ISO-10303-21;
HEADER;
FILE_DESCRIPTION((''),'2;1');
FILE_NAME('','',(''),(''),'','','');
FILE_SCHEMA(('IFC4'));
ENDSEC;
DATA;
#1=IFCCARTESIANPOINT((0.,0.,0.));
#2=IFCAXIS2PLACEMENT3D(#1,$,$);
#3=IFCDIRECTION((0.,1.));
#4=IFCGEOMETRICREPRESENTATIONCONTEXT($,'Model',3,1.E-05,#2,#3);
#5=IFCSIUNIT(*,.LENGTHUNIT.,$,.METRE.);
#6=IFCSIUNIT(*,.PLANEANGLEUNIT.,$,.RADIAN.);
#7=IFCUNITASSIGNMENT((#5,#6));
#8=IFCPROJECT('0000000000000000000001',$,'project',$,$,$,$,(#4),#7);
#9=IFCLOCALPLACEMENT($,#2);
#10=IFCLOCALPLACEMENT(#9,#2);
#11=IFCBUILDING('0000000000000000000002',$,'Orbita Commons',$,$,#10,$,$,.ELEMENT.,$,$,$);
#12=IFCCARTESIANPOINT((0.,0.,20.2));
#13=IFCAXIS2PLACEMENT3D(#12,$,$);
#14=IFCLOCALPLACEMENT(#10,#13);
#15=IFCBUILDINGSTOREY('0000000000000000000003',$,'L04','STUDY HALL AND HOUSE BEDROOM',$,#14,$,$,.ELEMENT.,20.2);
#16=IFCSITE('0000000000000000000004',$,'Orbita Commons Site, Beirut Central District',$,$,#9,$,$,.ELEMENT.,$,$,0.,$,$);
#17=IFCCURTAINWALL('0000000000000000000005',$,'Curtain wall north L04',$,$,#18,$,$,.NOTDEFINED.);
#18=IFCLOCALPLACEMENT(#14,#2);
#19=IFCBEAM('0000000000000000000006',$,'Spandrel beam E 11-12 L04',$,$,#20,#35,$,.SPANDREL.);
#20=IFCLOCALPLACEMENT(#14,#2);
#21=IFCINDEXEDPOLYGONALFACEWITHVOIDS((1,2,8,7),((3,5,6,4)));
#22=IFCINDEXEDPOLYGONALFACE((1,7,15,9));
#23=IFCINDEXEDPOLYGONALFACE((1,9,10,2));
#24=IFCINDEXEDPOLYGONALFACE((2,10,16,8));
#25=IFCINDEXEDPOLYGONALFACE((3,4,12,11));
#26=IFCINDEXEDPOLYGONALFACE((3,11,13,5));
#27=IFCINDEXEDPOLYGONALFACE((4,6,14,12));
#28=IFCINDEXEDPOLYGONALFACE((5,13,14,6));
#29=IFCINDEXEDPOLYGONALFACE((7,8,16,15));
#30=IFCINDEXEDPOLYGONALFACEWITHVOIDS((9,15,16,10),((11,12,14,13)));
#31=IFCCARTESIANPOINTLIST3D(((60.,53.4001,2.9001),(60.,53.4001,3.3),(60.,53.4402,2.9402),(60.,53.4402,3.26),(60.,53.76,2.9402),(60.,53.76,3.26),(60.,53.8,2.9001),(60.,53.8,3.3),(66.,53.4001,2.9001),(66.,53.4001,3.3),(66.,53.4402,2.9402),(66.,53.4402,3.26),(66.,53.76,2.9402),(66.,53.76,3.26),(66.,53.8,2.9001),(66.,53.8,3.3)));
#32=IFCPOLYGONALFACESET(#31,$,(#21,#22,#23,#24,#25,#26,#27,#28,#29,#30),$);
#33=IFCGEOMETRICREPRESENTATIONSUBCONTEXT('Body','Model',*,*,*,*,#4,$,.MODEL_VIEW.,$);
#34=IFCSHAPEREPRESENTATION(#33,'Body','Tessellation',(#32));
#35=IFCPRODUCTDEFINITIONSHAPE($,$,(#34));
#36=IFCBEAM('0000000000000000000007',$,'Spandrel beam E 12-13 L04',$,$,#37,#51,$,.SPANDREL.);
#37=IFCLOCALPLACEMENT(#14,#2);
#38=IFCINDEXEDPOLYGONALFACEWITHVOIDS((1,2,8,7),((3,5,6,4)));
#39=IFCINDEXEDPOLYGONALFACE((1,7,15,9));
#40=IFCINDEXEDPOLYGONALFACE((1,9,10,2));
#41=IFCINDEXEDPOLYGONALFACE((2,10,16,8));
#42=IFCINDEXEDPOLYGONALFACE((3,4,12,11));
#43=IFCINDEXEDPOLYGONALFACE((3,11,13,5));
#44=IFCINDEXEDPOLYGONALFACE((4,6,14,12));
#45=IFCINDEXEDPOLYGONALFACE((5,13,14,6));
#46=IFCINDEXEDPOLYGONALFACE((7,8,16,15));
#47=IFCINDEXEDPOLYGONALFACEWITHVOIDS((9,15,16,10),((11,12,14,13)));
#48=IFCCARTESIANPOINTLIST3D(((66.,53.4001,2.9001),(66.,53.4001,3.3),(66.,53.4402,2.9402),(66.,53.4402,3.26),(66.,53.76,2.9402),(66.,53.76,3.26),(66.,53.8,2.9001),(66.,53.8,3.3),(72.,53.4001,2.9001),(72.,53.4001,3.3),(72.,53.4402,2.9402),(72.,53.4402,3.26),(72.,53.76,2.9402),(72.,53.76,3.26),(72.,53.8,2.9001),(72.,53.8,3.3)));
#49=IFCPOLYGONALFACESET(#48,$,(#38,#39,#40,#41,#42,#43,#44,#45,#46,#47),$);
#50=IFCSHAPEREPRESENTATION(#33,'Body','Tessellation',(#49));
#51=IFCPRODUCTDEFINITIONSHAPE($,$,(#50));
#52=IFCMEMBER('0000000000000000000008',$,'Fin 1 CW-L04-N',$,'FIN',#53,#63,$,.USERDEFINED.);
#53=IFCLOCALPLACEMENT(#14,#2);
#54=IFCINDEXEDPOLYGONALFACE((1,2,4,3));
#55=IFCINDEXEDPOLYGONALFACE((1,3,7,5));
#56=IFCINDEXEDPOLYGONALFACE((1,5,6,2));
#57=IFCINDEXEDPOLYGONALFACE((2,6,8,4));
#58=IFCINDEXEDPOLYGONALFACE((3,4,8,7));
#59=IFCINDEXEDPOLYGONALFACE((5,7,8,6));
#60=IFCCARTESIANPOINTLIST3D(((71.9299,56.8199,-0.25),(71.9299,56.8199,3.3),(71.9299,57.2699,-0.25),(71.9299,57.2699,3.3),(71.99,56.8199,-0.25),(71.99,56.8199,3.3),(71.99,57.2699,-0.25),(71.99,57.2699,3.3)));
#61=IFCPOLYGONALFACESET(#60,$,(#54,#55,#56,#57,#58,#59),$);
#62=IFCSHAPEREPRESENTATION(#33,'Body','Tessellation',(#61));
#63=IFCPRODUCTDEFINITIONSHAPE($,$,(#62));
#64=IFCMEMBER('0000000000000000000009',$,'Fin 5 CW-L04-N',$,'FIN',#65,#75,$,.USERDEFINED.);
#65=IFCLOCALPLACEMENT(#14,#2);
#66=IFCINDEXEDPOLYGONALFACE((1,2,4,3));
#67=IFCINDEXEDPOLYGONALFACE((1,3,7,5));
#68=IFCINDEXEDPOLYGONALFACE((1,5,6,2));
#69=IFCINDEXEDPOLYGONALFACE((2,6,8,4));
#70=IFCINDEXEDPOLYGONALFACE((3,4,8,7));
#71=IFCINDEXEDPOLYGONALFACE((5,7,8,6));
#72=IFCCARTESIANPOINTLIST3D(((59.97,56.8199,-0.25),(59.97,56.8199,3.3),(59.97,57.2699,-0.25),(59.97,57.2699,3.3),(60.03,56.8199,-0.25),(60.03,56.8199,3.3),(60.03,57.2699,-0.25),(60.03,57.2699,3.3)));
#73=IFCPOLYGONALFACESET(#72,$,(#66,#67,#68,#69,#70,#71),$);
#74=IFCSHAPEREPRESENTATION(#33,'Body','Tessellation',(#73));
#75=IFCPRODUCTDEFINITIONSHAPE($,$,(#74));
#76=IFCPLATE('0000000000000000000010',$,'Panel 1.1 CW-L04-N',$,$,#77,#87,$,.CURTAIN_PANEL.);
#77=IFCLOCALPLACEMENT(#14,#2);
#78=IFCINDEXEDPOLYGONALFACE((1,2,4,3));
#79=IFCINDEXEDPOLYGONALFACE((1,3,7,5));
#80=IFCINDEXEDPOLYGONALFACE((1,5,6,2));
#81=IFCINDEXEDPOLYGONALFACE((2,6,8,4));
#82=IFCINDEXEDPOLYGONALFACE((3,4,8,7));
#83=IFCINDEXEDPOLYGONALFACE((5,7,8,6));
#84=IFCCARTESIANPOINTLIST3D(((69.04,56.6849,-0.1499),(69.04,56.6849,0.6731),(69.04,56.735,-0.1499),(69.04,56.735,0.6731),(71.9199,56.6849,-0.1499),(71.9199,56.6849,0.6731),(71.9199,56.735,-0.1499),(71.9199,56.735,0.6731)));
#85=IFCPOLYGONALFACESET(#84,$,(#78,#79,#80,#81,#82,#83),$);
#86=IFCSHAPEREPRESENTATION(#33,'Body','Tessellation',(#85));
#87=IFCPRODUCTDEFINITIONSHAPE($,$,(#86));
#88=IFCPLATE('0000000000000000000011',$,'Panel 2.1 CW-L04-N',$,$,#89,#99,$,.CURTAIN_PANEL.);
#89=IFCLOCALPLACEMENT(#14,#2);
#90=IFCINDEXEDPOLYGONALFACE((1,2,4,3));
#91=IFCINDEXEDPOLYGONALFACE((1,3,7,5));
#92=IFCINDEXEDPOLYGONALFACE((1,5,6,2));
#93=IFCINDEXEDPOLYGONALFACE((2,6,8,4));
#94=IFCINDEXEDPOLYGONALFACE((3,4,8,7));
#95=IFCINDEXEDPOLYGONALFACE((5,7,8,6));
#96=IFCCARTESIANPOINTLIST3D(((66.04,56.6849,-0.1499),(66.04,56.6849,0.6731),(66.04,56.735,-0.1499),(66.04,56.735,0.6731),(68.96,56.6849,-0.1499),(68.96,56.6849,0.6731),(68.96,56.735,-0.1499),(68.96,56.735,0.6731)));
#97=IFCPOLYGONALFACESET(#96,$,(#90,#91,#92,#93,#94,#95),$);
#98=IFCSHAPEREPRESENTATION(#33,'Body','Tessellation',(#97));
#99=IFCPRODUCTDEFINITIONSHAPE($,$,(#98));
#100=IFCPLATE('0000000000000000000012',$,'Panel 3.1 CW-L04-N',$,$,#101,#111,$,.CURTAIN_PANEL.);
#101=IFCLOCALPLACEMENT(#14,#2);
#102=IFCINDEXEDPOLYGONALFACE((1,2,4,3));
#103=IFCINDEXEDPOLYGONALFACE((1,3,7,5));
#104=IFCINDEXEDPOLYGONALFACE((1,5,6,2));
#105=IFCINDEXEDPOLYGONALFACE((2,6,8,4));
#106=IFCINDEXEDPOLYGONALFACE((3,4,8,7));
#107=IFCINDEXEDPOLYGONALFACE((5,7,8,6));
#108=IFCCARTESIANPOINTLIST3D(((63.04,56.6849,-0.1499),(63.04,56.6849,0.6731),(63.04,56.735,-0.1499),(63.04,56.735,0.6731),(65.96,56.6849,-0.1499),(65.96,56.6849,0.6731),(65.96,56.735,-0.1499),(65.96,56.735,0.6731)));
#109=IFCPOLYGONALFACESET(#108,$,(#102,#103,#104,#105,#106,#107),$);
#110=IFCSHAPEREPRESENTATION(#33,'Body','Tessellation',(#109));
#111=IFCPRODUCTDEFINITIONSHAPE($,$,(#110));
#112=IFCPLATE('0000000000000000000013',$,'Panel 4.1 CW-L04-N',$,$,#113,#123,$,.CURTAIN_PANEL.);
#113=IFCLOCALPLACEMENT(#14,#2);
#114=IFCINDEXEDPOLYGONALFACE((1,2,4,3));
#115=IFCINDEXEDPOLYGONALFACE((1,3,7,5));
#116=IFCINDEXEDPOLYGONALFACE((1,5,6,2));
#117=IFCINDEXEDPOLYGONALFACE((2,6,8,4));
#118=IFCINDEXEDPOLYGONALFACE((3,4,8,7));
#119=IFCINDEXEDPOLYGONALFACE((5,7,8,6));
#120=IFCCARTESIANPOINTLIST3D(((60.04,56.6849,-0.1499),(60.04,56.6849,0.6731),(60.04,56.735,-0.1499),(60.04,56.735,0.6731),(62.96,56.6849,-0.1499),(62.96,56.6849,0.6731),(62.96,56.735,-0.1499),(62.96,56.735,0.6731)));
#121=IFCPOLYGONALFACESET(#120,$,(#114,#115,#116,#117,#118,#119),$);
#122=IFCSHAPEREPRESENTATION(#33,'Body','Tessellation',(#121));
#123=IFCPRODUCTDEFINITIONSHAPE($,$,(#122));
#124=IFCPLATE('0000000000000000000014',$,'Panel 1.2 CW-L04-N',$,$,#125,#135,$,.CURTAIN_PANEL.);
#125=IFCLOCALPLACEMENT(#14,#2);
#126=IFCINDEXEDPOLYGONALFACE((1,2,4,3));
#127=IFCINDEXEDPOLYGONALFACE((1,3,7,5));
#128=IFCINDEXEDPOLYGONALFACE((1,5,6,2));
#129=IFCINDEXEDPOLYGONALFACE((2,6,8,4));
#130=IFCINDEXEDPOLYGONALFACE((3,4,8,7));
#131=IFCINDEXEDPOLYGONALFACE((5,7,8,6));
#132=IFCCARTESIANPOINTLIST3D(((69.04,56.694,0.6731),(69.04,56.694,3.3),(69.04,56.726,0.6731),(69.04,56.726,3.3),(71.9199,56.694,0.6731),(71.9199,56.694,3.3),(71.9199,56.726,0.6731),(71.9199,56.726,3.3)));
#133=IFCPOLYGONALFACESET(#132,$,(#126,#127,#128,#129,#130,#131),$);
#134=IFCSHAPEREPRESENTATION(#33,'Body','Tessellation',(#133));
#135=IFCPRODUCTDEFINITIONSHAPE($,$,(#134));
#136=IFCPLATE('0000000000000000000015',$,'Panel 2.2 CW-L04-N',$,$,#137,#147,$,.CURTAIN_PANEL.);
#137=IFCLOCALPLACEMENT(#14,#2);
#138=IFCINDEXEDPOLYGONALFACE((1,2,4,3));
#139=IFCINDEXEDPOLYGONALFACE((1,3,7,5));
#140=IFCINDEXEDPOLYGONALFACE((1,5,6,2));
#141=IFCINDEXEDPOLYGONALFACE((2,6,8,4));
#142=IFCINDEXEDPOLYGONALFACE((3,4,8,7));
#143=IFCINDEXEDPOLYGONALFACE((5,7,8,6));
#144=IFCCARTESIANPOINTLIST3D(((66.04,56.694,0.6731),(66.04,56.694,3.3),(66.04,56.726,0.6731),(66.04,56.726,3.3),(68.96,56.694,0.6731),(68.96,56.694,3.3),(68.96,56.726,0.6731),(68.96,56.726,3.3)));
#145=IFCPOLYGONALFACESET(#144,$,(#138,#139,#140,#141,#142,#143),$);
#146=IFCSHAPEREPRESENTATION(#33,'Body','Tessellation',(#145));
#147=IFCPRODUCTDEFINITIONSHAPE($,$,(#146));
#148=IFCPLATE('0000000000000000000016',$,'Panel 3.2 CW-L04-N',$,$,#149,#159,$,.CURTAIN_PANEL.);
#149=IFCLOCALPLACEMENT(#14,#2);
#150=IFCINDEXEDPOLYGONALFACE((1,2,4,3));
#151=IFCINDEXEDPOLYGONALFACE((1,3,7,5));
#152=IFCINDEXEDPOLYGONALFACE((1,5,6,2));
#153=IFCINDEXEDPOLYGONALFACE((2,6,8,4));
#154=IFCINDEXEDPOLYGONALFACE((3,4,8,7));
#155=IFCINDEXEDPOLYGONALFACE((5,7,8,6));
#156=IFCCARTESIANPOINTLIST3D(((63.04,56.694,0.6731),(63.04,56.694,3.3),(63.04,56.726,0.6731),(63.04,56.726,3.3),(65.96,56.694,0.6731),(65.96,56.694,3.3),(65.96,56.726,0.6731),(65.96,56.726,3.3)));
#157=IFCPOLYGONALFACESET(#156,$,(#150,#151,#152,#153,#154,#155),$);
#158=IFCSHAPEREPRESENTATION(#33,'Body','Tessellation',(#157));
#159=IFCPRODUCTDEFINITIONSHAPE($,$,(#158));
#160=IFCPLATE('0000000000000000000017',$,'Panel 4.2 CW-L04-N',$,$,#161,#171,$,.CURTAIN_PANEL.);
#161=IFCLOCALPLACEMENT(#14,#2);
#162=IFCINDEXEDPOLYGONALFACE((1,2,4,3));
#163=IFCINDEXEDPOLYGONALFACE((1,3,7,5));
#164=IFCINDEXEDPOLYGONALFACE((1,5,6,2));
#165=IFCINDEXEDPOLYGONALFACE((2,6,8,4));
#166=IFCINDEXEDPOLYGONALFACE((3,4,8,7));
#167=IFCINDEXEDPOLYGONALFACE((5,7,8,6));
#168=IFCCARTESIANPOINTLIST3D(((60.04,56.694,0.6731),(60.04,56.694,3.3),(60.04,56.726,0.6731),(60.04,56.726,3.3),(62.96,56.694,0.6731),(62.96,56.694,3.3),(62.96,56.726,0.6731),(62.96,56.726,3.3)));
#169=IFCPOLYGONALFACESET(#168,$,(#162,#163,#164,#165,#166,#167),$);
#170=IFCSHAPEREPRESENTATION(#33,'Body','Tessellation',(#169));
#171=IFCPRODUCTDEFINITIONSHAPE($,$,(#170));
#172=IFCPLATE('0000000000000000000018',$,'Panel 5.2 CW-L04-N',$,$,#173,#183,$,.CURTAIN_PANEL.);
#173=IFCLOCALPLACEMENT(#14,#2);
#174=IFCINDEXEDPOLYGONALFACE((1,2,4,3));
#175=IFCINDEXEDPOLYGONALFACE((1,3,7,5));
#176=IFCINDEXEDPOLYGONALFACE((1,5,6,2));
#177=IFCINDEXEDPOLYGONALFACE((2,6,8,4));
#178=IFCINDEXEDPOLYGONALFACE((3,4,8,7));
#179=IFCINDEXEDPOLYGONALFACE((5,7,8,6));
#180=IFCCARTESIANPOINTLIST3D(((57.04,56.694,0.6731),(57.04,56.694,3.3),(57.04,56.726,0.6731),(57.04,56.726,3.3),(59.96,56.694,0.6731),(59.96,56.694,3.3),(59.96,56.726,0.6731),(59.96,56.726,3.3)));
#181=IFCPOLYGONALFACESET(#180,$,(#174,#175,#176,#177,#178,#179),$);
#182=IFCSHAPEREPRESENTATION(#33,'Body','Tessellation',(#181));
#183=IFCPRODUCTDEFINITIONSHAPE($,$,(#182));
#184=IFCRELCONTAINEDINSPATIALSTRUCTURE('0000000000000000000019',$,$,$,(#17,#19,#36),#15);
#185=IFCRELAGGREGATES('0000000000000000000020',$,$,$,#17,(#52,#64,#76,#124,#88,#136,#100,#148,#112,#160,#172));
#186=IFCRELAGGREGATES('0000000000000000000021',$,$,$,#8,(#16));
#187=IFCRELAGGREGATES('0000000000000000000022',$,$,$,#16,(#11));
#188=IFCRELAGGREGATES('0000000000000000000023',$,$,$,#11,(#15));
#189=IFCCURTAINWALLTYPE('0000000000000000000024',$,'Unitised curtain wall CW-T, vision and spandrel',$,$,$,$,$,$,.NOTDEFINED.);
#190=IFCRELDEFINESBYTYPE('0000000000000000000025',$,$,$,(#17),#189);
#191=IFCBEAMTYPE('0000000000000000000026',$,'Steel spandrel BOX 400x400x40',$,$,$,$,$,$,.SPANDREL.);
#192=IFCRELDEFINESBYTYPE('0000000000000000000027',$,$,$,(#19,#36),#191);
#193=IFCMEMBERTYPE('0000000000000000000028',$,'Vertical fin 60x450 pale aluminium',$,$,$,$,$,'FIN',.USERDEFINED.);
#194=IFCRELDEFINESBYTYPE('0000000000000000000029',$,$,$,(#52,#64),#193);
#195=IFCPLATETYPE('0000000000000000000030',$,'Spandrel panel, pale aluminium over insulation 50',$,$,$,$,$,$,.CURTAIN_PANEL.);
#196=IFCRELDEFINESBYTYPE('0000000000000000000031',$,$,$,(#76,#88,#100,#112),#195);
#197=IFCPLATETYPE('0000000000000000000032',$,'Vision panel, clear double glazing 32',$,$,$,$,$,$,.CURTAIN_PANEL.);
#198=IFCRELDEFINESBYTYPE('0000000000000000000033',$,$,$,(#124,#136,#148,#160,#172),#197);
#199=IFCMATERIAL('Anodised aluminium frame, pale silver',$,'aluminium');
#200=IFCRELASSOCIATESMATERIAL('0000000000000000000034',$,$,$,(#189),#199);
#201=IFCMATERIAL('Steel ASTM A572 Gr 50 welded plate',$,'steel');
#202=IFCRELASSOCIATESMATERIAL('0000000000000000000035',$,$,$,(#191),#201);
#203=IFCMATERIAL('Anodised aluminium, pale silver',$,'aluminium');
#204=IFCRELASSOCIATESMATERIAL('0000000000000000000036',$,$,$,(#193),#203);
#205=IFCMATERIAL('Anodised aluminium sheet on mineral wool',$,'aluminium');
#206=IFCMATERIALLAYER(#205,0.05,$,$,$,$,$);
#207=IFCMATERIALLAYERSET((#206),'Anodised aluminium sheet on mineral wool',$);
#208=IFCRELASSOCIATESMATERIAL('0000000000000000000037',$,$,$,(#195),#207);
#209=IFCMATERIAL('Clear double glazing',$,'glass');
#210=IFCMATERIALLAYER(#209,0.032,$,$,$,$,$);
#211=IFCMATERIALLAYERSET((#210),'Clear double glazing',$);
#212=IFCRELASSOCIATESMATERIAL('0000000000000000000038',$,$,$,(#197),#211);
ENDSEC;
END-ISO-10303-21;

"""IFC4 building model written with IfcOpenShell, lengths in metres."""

from ifc_helpers import new_model, si_unit, direction, frame, origin, origin_2d, place, context, subcontext, project, spatial, rectangle, hollow_rectangle, extrude, material, layer, layer_set, material_profile, profile_set, type_object, element, aggregate, save


model = new_model("IFC4")

# Units and contexts
model_context = context("Model", 3, precision=1e-05, world=origin(), true_north=direction((0.0, 1.0)))
body_context = subcontext(model_context, "Body", "Model", "MODEL_VIEW")
ifc_project = project(units=[si_unit("LENGTHUNIT", "METRE"), si_unit("PLANEANGLEUNIT", "RADIAN")], contexts=[model_context])

# Site, building, storey
site_placement = place(None, origin())
site = spatial("IfcSite", under=ifc_project, at=site_placement, Name="Orbita Commons Site, Beirut Central District", CompositionType="ELEMENT", RefElevation=0.0)
building_placement = place(site_placement, origin())
building = spatial("IfcBuilding", under=site, at=building_placement, Name="Orbita Commons", CompositionType="ELEMENT")
storey_placement = place(building_placement, frame((0.0, 0.0, 20.2)))
storey = spatial("IfcBuildingStorey", under=building, at=storey_placement, Name="L04", Description="STUDY HALL AND HOUSE BEDROOM", CompositionType="ELEMENT", Elevation=20.2)

# Curtain wall
ifc_material_1 = material(Name="Anodised aluminium frame, pale silver", Category="aluminium")
curtain_wall_type = type_object("IfcCurtainWallType", Name="Unitised curtain wall CW-T, vision and spandrel", PredefinedType="NOTDEFINED", material=ifc_material_1)
curtain_wall_placement = place(storey_placement, origin())
curtain_wall = element("IfcCurtainWall", 1, at=curtain_wall_placement, inside=storey, type_object=curtain_wall_type, Name="Curtain wall north L04", PredefinedType="NOTDEFINED")

# Beams
ifc_material_2 = material(Name="Steel ASTM A572 Gr 50 welded plate", Category="steel")
ifc_material_profile_1 = material_profile(ifc_material_2, hollow_rectangle(XDim=0.3999, YDim=0.3999, WallThickness=0.04, at=origin_2d()), Name="BOX 400x400x40")
ifc_profile_set_1 = profile_set([ifc_material_profile_1], Name="Steel ASTM A572 Gr 50 welded plate")
beam_type = type_object("IfcBeamType", Name="Steel spandrel BOX 400x400x40", PredefinedType="SPANDREL", material=ifc_profile_set_1)
for number, where, z_axis, x_axis, name in (
    (2, (60.0, 53.6001, 3.1001), (1.0, 0.0, 0.0), (0.0, 1.0, 0.0), "Spandrel beam E 11-12 L04"),
    (3, (66.0, 53.6001, 3.1001), (1.0, 0.0, 0.0), (0.0, 1.0, 0.0), "Spandrel beam E 12-13 L04"),
):
    element("IfcBeam", number, at=place(storey_placement, frame(where, z_axis=z_axis, x_axis=x_axis)), inside=storey, type_object=beam_type, Name=name, PredefinedType="SPANDREL", context=body_context, shape_type="SweptSolid", body=[
        extrude(hollow_rectangle(XDim=0.3999, YDim=0.3999, WallThickness=0.04, at=origin_2d()), origin(), (0.0, 0.0, 1.0), 6.0),
    ])

# Members
ifc_material_3 = material(Name="Anodised aluminium, pale silver", Category="aluminium")
ifc_material_profile_2 = material_profile(ifc_material_3, rectangle(XDim=0.0601, YDim=0.45, at=origin_2d()), Name="FIN 60x450")
ifc_profile_set_2 = profile_set([ifc_material_profile_2], Name="Anodised aluminium, pale silver")
member_type_1 = type_object("IfcMemberType", Name="Vertical fin 60x450 pale aluminium", ElementType="FIN", PredefinedType="USERDEFINED", material=ifc_profile_set_2)
member_1_placement = place(storey_placement, frame((71.96, 57.0449, -0.25), z_axis=(0.0, 0.0, 1.0), x_axis=(-1.0, 0.0, 0.0)))
member_1 = element("IfcMember", 4, at=member_1_placement, type_object=member_type_1, Name="Fin 1 CW-L04-N", ObjectType="FIN", PredefinedType="USERDEFINED", context=body_context, shape_type="SweptSolid", body=[
    extrude(rectangle(XDim=0.0601, YDim=0.45, at=origin_2d()), origin(), (0.0, 0.0, 1.0), 3.55),
])
member_2_placement = place(storey_placement, frame((60.0, 57.0449, -0.25), z_axis=(0.0, 0.0, 1.0), x_axis=(-1.0, 0.0, 0.0)))
member_2 = element("IfcMember", 5, at=member_2_placement, type_object=member_type_1, Name="Fin 5 CW-L04-N", ObjectType="FIN", PredefinedType="USERDEFINED", context=body_context, shape_type="SweptSolid", body=[
    extrude(rectangle(XDim=0.0601, YDim=0.45, at=origin_2d()), origin(), (0.0, 0.0, 1.0), 3.55),
])

# Plates
ifc_material_4 = material(Name="Anodised aluminium sheet on mineral wool", Category="aluminium")
ifc_layer_1 = layer(ifc_material_4, 0.05)
ifc_layer_set_1 = layer_set([ifc_layer_1], Name="Anodised aluminium sheet on mineral wool")
plate_type_1 = type_object("IfcPlateType", Name="Spandrel panel, pale aluminium over insulation 50", PredefinedType="CURTAIN_PANEL", material=ifc_layer_set_1)
plate_1_placement = place(storey_placement, frame((70.48, 56.71, -0.1499), z_axis=(0.0, 0.0, 1.0), x_axis=(-1.0, 0.0, 0.0)))
plate_1 = element("IfcPlate", 6, at=plate_1_placement, type_object=plate_type_1, Name="Panel 1.1 CW-L04-N", PredefinedType="CURTAIN_PANEL", context=body_context, shape_type="SweptSolid", body=[
    extrude(rectangle(XDim=2.8799, YDim=0.05, at=origin_2d()), origin(), (0.0, 0.0, 1.0), 0.823),
])
plate_2_placement = place(storey_placement, frame((67.5, 56.71, -0.1499), z_axis=(0.0, 0.0, 1.0), x_axis=(-1.0, 0.0, 0.0)))
plate_2 = element("IfcPlate", 7, at=plate_2_placement, type_object=plate_type_1, Name="Panel 2.1 CW-L04-N", PredefinedType="CURTAIN_PANEL", context=body_context, shape_type="SweptSolid", body=[
    extrude(rectangle(XDim=2.9199, YDim=0.05, at=origin_2d()), origin(), (0.0, 0.0, 1.0), 0.823),
])
plate_3_placement = place(storey_placement, frame((64.5, 56.71, -0.1499), z_axis=(0.0, 0.0, 1.0), x_axis=(-1.0, 0.0, 0.0)))
plate_3 = element("IfcPlate", 8, at=plate_3_placement, type_object=plate_type_1, Name="Panel 3.1 CW-L04-N", PredefinedType="CURTAIN_PANEL", context=body_context, shape_type="SweptSolid", body=[
    extrude(rectangle(XDim=2.9199, YDim=0.05, at=origin_2d()), origin(), (0.0, 0.0, 1.0), 0.823),
])
plate_4_placement = place(storey_placement, frame((61.5, 56.71, -0.1499), z_axis=(0.0, 0.0, 1.0), x_axis=(-1.0, 0.0, 0.0)))
plate_4 = element("IfcPlate", 9, at=plate_4_placement, type_object=plate_type_1, Name="Panel 4.1 CW-L04-N", PredefinedType="CURTAIN_PANEL", context=body_context, shape_type="SweptSolid", body=[
    extrude(rectangle(XDim=2.9199, YDim=0.05, at=origin_2d()), origin(), (0.0, 0.0, 1.0), 0.823),
])
ifc_material_5 = material(Name="Clear double glazing", Category="glass")
ifc_layer_2 = layer(ifc_material_5, 0.032)
ifc_layer_set_2 = layer_set([ifc_layer_2], Name="Clear double glazing")
plate_type_2 = type_object("IfcPlateType", Name="Vision panel, clear double glazing 32", PredefinedType="CURTAIN_PANEL", material=ifc_layer_set_2)
plate_5_placement = place(storey_placement, frame((70.48, 56.71, 0.6731), z_axis=(0.0, 0.0, 1.0), x_axis=(-1.0, 0.0, 0.0)))
plate_5 = element("IfcPlate", 10, at=plate_5_placement, type_object=plate_type_2, Name="Panel 1.2 CW-L04-N", PredefinedType="CURTAIN_PANEL", context=body_context, shape_type="SweptSolid", body=[
    extrude(rectangle(XDim=2.8799, YDim=0.032, at=origin_2d()), origin(), (0.0, 0.0, 1.0), 2.627),
])
plate_6_placement = place(storey_placement, frame((67.5, 56.71, 0.6731), z_axis=(0.0, 0.0, 1.0), x_axis=(-1.0, 0.0, 0.0)))
plate_6 = element("IfcPlate", 11, at=plate_6_placement, type_object=plate_type_2, Name="Panel 2.2 CW-L04-N", PredefinedType="CURTAIN_PANEL", context=body_context, shape_type="SweptSolid", body=[
    extrude(rectangle(XDim=2.9199, YDim=0.032, at=origin_2d()), origin(), (0.0, 0.0, 1.0), 2.627),
])
plate_7_placement = place(storey_placement, frame((64.5, 56.71, 0.6731), z_axis=(0.0, 0.0, 1.0), x_axis=(-1.0, 0.0, 0.0)))
plate_7 = element("IfcPlate", 12, at=plate_7_placement, type_object=plate_type_2, Name="Panel 3.2 CW-L04-N", PredefinedType="CURTAIN_PANEL", context=body_context, shape_type="SweptSolid", body=[
    extrude(rectangle(XDim=2.9199, YDim=0.032, at=origin_2d()), origin(), (0.0, 0.0, 1.0), 2.627),
])
plate_8_placement = place(storey_placement, frame((61.5, 56.71, 0.6731), z_axis=(0.0, 0.0, 1.0), x_axis=(-1.0, 0.0, 0.0)))
plate_8 = element("IfcPlate", 13, at=plate_8_placement, type_object=plate_type_2, Name="Panel 4.2 CW-L04-N", PredefinedType="CURTAIN_PANEL", context=body_context, shape_type="SweptSolid", body=[
    extrude(rectangle(XDim=2.9199, YDim=0.032, at=origin_2d()), origin(), (0.0, 0.0, 1.0), 2.627),
])
plate_9_placement = place(storey_placement, frame((58.5, 56.71, 0.6731), z_axis=(0.0, 0.0, 1.0), x_axis=(-1.0, 0.0, 0.0)))
plate_9 = element("IfcPlate", 14, at=plate_9_placement, type_object=plate_type_2, Name="Panel 5.2 CW-L04-N", PredefinedType="CURTAIN_PANEL", context=body_context, shape_type="SweptSolid", body=[
    extrude(rectangle(XDim=2.9199, YDim=0.032, at=origin_2d()), origin(), (0.0, 0.0, 1.0), 2.627),
])
aggregate(curtain_wall, [member_1, member_2, plate_1, plate_5, plate_2, plate_6, plate_3, plate_7, plate_4, plate_8, plate_9])

save(model, "model.ifc")
